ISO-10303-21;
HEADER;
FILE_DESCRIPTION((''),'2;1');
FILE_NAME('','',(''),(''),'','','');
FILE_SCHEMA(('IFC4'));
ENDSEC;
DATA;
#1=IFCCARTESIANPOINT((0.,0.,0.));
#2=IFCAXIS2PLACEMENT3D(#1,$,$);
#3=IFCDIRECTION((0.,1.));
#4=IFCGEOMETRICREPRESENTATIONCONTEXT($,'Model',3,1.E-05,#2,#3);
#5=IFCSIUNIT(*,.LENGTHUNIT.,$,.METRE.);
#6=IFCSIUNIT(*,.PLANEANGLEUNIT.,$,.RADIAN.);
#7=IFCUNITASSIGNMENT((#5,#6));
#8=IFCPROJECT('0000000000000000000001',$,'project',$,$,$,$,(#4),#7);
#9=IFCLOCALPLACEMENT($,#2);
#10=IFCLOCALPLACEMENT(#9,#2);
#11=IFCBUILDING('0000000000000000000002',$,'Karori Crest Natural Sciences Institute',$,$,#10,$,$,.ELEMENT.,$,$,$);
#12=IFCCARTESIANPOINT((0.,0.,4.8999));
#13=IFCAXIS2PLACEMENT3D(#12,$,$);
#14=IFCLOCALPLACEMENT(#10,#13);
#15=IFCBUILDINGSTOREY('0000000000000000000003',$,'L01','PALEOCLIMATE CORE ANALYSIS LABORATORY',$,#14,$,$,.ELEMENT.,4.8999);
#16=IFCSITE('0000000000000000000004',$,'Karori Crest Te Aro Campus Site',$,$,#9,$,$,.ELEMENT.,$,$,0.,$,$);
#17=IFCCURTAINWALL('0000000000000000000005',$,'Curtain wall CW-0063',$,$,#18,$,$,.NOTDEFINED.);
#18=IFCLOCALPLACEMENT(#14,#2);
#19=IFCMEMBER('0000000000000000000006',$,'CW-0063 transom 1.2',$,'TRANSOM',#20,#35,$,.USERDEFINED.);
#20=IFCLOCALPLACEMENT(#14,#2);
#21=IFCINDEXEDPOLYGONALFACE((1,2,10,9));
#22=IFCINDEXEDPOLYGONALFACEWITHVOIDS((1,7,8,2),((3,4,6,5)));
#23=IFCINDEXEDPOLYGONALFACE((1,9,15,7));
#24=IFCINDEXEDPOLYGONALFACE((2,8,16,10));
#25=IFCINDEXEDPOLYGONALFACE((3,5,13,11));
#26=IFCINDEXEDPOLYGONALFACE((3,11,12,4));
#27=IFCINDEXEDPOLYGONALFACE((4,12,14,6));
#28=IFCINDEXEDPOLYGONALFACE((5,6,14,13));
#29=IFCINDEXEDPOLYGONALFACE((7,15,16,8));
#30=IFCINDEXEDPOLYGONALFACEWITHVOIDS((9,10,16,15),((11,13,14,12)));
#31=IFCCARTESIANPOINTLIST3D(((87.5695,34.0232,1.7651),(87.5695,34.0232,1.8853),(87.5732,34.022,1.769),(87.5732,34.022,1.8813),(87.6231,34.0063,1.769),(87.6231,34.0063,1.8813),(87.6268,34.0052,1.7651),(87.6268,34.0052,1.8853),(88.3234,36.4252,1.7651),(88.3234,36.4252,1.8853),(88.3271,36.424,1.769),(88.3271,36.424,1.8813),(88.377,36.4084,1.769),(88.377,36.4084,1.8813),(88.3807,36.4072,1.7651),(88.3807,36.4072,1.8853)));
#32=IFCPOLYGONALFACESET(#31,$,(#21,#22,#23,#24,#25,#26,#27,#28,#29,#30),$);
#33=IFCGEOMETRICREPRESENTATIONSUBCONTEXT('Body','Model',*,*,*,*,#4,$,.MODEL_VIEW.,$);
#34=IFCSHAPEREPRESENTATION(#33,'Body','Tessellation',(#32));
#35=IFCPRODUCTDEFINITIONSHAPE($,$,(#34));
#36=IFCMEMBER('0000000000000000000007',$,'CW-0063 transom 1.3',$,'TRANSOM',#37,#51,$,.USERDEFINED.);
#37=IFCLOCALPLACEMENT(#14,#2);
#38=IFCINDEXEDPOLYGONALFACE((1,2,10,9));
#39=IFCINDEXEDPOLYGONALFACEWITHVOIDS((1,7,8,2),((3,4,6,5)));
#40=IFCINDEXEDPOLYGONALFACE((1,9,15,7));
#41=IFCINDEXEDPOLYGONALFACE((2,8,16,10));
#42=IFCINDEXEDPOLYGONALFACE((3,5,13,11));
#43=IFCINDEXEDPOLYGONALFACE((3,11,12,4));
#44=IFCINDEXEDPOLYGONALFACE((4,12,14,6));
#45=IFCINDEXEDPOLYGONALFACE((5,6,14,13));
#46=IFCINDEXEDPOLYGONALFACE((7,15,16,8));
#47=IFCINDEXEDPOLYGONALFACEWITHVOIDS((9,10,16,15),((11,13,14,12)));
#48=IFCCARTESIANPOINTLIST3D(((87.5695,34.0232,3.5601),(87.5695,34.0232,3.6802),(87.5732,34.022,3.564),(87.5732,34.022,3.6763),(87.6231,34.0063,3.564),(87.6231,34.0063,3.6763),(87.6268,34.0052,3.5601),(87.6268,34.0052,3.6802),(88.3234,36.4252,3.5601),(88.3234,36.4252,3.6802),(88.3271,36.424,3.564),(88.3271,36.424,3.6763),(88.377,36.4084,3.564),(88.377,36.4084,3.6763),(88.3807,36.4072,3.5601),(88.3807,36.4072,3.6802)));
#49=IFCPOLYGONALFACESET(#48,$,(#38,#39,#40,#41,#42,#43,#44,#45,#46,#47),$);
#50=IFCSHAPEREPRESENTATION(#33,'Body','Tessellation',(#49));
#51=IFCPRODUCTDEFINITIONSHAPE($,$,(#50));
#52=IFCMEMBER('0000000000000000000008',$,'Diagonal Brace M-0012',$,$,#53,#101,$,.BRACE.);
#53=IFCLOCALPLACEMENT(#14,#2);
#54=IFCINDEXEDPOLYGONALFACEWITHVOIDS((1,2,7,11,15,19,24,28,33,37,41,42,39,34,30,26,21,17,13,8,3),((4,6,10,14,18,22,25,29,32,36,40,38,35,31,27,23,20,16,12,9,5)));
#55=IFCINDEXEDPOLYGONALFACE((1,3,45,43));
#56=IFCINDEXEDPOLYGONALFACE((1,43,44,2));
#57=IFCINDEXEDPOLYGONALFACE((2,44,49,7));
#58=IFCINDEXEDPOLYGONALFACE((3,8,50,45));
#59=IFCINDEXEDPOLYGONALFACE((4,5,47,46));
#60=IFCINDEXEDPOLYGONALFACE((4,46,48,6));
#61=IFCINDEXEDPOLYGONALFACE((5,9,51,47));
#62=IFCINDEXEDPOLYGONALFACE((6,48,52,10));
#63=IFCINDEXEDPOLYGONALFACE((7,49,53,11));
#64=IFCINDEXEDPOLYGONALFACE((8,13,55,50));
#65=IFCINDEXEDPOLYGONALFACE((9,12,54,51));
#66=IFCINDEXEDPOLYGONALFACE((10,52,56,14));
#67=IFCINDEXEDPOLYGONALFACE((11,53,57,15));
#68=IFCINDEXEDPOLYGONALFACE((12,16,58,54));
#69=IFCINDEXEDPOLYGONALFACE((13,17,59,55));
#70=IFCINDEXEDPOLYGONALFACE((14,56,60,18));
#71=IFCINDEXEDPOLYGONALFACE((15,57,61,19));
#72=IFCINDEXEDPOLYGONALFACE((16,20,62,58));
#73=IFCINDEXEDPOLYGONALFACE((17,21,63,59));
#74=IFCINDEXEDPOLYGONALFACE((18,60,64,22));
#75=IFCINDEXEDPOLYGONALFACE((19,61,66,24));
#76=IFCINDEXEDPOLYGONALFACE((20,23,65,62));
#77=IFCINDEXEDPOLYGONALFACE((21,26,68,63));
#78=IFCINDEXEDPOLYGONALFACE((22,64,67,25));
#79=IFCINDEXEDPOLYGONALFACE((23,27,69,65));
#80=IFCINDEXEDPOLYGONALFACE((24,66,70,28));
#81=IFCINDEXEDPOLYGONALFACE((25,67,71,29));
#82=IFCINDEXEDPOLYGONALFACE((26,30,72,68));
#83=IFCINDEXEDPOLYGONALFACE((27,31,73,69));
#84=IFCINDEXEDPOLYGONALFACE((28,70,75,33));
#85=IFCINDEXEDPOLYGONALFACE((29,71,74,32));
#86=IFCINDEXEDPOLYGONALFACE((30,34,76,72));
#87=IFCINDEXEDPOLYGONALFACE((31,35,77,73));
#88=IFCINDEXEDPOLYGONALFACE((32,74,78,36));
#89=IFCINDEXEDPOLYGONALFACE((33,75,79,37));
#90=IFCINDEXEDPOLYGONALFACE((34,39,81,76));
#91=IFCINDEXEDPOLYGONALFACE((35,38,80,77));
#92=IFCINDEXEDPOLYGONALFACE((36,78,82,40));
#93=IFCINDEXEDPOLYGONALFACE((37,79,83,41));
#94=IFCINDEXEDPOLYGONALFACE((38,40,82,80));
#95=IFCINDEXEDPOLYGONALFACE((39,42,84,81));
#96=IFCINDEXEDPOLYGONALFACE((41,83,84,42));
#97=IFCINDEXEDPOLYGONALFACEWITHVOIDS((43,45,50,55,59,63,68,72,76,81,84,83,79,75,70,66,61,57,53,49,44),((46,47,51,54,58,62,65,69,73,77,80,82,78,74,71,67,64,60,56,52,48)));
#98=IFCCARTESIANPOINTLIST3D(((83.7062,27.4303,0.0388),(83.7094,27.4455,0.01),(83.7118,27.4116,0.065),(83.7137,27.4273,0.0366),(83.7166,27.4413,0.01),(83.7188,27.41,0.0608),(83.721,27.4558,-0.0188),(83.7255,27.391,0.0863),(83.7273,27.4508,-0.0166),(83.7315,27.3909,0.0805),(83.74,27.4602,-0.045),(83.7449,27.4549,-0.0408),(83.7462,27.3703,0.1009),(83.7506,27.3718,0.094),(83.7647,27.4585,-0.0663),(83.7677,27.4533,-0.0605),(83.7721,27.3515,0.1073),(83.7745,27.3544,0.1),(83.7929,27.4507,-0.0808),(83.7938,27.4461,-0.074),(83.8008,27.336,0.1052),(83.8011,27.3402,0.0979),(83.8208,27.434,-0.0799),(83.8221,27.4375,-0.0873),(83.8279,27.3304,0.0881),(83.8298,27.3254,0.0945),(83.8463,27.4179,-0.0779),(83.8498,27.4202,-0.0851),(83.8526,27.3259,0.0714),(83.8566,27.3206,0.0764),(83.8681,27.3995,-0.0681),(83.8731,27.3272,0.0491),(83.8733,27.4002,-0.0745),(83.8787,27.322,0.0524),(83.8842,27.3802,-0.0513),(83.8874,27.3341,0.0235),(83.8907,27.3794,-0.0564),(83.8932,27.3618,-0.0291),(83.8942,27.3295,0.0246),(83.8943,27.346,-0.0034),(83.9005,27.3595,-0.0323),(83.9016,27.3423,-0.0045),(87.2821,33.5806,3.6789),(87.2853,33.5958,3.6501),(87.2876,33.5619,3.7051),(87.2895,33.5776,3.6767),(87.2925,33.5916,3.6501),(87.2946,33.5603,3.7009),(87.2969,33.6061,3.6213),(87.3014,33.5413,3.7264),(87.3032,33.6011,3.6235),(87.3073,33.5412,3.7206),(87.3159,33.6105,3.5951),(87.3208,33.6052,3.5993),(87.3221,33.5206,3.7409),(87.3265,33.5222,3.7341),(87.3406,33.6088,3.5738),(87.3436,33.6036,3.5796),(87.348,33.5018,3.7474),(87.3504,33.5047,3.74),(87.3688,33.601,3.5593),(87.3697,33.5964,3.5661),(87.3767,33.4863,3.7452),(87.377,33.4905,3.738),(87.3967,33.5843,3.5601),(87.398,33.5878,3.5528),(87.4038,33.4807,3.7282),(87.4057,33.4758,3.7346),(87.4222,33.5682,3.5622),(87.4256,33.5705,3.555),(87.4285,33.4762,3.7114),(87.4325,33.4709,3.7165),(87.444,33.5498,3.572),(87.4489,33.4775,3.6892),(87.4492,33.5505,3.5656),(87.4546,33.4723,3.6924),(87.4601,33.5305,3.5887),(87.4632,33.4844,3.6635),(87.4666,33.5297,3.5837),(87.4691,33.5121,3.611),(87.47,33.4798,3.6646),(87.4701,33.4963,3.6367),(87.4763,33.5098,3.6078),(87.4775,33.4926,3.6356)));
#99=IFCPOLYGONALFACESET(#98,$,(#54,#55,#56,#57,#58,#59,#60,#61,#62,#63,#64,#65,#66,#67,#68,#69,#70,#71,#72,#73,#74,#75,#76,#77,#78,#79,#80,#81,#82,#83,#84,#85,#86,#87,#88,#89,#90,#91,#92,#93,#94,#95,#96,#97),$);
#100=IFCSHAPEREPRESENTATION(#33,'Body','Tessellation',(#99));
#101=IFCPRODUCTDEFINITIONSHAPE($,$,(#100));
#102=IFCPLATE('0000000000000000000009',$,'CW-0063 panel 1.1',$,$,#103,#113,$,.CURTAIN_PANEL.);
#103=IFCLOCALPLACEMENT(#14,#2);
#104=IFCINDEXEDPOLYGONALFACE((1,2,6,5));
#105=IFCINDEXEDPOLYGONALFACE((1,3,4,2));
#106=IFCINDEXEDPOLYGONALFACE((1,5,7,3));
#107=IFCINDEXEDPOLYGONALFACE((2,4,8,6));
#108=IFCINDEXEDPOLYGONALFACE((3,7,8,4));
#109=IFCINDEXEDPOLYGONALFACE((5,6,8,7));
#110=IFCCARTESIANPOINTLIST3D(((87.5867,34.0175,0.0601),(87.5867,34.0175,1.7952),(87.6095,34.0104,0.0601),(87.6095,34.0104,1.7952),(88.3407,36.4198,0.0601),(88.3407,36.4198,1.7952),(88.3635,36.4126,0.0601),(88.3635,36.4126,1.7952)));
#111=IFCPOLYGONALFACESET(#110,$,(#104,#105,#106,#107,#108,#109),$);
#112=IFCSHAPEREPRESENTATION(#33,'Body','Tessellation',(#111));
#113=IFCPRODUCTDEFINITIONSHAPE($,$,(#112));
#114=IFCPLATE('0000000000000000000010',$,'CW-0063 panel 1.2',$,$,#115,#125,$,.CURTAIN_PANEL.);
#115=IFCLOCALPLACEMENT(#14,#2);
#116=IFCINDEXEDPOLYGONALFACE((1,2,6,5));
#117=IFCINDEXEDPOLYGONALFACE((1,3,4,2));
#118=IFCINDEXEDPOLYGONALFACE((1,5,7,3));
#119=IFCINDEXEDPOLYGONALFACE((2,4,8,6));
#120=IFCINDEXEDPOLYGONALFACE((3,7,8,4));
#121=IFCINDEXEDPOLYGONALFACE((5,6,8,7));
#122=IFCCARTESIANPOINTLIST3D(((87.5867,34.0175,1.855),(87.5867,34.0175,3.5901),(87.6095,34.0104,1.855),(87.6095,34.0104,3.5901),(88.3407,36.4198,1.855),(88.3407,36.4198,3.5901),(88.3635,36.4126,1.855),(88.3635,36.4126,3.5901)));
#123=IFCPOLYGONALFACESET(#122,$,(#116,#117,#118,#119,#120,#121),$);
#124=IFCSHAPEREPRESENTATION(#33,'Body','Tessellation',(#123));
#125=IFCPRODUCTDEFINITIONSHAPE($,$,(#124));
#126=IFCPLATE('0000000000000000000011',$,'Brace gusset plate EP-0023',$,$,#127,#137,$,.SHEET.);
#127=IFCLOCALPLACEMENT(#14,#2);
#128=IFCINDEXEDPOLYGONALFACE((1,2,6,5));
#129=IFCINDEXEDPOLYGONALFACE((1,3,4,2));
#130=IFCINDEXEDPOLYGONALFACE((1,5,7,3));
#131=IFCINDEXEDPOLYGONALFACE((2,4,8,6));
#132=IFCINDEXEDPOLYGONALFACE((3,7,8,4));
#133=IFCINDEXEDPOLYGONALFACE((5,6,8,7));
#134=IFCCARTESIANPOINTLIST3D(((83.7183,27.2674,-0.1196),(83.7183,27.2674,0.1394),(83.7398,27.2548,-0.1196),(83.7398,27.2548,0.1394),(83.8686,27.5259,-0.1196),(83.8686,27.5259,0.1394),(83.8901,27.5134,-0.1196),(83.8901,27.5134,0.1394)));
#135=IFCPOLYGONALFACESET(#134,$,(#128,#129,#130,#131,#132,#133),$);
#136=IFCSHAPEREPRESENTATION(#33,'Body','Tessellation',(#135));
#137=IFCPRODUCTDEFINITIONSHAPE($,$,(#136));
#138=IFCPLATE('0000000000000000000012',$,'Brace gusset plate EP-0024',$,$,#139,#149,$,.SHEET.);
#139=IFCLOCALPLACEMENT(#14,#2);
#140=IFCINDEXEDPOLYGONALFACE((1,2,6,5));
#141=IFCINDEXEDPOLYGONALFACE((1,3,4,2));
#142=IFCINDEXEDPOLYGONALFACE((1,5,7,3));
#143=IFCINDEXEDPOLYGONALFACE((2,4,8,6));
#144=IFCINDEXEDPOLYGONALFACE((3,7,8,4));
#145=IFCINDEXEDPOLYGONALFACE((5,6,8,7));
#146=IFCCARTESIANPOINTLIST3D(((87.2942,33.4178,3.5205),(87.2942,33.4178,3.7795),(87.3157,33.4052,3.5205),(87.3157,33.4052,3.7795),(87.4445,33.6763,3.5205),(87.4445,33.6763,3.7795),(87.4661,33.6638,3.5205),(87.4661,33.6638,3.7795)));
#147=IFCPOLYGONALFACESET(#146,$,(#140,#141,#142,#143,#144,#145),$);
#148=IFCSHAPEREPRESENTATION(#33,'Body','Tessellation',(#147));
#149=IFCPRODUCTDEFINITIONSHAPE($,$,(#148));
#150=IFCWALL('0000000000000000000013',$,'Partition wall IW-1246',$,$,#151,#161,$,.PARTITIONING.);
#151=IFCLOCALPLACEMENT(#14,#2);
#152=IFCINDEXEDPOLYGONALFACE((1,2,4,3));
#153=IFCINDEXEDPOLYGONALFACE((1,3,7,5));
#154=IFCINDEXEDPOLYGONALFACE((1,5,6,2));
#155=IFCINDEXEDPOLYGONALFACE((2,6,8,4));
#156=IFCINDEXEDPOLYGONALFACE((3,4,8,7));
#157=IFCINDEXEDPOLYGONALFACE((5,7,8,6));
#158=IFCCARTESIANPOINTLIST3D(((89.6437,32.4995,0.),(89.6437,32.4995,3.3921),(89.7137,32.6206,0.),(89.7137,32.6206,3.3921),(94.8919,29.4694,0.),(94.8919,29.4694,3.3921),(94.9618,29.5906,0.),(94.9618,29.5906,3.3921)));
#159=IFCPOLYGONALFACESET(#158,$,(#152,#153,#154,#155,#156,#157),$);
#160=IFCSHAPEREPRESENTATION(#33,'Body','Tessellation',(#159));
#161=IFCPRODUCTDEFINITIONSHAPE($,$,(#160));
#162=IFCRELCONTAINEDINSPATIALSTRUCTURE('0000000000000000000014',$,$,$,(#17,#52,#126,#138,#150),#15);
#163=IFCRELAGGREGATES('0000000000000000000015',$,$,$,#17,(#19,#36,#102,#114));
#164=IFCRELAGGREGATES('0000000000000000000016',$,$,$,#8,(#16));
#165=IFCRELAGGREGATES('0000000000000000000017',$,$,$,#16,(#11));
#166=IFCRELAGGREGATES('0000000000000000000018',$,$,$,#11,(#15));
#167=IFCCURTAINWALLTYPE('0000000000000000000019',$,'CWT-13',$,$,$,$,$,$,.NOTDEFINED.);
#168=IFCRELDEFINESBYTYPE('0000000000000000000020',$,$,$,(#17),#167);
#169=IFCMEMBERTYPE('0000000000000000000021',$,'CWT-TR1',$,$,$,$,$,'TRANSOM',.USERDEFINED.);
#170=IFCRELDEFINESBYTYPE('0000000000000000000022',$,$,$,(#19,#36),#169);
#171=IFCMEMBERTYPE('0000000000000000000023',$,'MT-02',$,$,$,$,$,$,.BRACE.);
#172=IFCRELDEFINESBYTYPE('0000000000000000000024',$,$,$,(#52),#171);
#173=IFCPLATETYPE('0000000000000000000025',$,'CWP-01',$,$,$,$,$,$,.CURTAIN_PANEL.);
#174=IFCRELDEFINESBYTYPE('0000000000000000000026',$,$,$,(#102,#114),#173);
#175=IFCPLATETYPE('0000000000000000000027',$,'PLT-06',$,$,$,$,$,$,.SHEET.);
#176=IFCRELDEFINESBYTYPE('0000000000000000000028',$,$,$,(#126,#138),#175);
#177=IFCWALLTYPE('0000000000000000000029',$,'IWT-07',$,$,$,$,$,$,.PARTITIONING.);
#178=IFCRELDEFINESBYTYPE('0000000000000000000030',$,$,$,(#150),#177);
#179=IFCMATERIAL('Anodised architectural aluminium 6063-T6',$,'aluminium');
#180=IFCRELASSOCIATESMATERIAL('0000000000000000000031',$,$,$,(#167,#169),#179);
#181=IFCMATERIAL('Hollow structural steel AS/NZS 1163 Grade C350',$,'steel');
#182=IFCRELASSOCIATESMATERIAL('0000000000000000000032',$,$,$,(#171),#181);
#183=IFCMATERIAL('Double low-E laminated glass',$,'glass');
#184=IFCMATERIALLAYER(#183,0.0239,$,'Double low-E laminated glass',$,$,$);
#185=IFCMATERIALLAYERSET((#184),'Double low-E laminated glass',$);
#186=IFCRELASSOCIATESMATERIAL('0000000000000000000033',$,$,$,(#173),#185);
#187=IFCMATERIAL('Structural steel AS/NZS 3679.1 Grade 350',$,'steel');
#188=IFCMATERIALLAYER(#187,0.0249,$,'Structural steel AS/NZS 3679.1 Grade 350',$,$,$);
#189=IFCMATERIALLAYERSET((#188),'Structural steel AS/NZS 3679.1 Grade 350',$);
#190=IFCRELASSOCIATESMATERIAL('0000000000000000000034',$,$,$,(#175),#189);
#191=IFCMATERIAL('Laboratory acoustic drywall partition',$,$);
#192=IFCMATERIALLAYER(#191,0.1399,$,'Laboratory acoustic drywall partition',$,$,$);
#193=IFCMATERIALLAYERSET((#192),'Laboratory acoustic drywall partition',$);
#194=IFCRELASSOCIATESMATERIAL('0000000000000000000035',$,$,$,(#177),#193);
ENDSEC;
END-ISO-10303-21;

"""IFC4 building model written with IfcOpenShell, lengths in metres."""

from ifc_helpers import new_model, si_unit, direction, frame, frame_2d, origin, origin_2d, place, context, subcontext, project, spatial, rectangle, hollow_rectangle, hollow_circle, extrude, material, layer, layer_set, material_profile, profile_set, type_object, element, aggregate, save


model = new_model("IFC4")

# Units and contexts
model_context = context("Model", 3, precision=1e-05, world=origin(), true_north=direction((0.0, 1.0)))
body_context = subcontext(model_context, "Body", "Model", "MODEL_VIEW")
ifc_project = project(units=[si_unit("LENGTHUNIT", "METRE"), si_unit("PLANEANGLEUNIT", "RADIAN")], contexts=[model_context])

# Site, building, storey
site_placement = place(None, origin())
site = spatial("IfcSite", under=ifc_project, at=site_placement, Name="Karori Crest Te Aro Campus Site", CompositionType="ELEMENT", RefElevation=0.0)
building_placement = place(site_placement, origin())
building = spatial("IfcBuilding", under=site, at=building_placement, Name="Karori Crest Natural Sciences Institute", CompositionType="ELEMENT")
storey_placement = place(building_placement, frame((0.0, 0.0, 4.8999)))
storey = spatial("IfcBuildingStorey", under=building, at=storey_placement, Name="L01", Description="PALEOCLIMATE CORE ANALYSIS LABORATORY", CompositionType="ELEMENT", Elevation=4.8999)

# Shared definitions
ifc_material_1 = material(Name="Structural steel AS/NZS 3679.1 Grade 350", Category="steel")

# Shared definitions
ifc_material_2 = material(Name="Hollow structural steel AS/NZS 1163 Grade C350", Category="steel")

# Curtain wall, members
ifc_material_3 = material(Name="Anodised architectural aluminium 6063-T6", Category="aluminium")
curtain_wall_type = type_object("IfcCurtainWallType", Name="CWT-13", PredefinedType="NOTDEFINED", material=ifc_material_3)
curtain_wall_placement = place(storey_placement, origin())
curtain_wall = element("IfcCurtainWall", 1, at=curtain_wall_placement, inside=storey, type_object=curtain_wall_type, Name="Curtain wall CW-0063", PredefinedType="NOTDEFINED")
ifc_material_profile_1 = material_profile(ifc_material_3, hollow_rectangle(XDim=0.0601, YDim=0.1201, WallThickness=0.0039, at=origin_2d()), Name="CWT120x60x4")
ifc_profile_set_1 = profile_set([ifc_material_profile_1], Name="Anodised architectural aluminium 6063-T6")
member_type_1 = type_object("IfcMemberType", Name="CWT-TR1", ElementType="TRANSOM", PredefinedType="USERDEFINED", material=ifc_profile_set_1)
member_1_placement = place(storey_placement, frame((87.5981, 34.0142, 1.8252), z_axis=(0.299451, 0.954112, 0.0), x_axis=(-0.954112, 0.299451, 0.0)))
member_1 = element("IfcMember", 2, at=member_1_placement, type_object=member_type_1, Name="CW-0063 transom 1.2", ObjectType="TRANSOM", PredefinedType="USERDEFINED", context=body_context, shape_type="SweptSolid", body=[
    extrude(hollow_rectangle(XDim=0.0601, YDim=0.1201, WallThickness=0.0039, at=origin_2d()), origin(), (0.0, 0.0, 1.0), 2.5176),
])
member_2_placement = place(storey_placement, frame((87.5981, 34.0142, 3.6201), z_axis=(0.299451, 0.954112, 0.0), x_axis=(-0.954112, 0.299451, 0.0)))
member_2 = element("IfcMember", 3, at=member_2_placement, type_object=member_type_1, Name="CW-0063 transom 1.3", ObjectType="TRANSOM", PredefinedType="USERDEFINED", context=body_context, shape_type="SweptSolid", body=[
    extrude(hollow_rectangle(XDim=0.0601, YDim=0.1201, WallThickness=0.0039, at=origin_2d()), origin(), (0.0, 0.0, 1.0), 2.5176),
])

# Member
ifc_material_profile_2 = material_profile(ifc_material_2, hollow_circle(Radius=0.1096, WallThickness=0.0083, at=origin_2d()), Name="CHS219.1x8.2")
ifc_profile_set_2 = profile_set([ifc_material_profile_2], Name="Hollow structural steel AS/NZS 1163 Grade C350")
member_type_2 = type_object("IfcMemberType", Name="MT-02", PredefinedType="BRACE", material=ifc_profile_set_2)
member_3_placement = place(storey_placement, frame((83.8042, 27.3904, 0.01), z_axis=(0.447463, 0.76961, 0.455497), x_axis=(-0.8645, 0.502633, 0.0)))
element("IfcMember", 4, at=member_3_placement, inside=storey, type_object=member_type_2, Name="Diagonal Brace M-0012", PredefinedType="BRACE", context=body_context, shape_type="SweptSolid", body=[
    extrude(hollow_circle(Radius=0.1096, WallThickness=0.0083, at=origin_2d()), origin(), (0.0, 0.0, 1.0), 7.9915),
])

# Plates
ifc_material_4 = material(Name="Double low-E laminated glass", Category="glass")
ifc_layer_1 = layer(ifc_material_4, 0.0239, Name="Double low-E laminated glass")
ifc_layer_set_1 = layer_set([ifc_layer_1], Name="Double low-E laminated glass")
plate_type_1 = type_object("IfcPlateType", Name="CWP-01", PredefinedType="CURTAIN_PANEL", material=ifc_layer_set_1)
plate_1_placement = place(storey_placement, frame((87.9751, 35.2151, 0.0601), z_axis=(0.0, 0.0, 1.0), x_axis=(0.299477, 0.954104, 0.0)))
plate_1 = element("IfcPlate", 5, at=plate_1_placement, type_object=plate_type_1, Name="CW-0063 panel 1.1", PredefinedType="CURTAIN_PANEL", context=body_context, shape_type="SweptSolid", body=[
    extrude(rectangle(XDim=2.5178, YDim=0.0239, at=origin_2d()), origin(), (0.0, 0.0, 1.0), 1.7351),
])
plate_2_placement = place(storey_placement, frame((87.9751, 35.2151, 1.855), z_axis=(0.0, 0.0, 1.0), x_axis=(0.299477, 0.954104, 0.0)))
plate_2 = element("IfcPlate", 6, at=plate_2_placement, type_object=plate_type_1, Name="CW-0063 panel 1.2", PredefinedType="CURTAIN_PANEL", context=body_context, shape_type="SweptSolid", body=[
    extrude(rectangle(XDim=2.5178, YDim=0.0239, at=origin_2d()), origin(), (0.0, 0.0, 1.0), 1.7351),
])
aggregate(curtain_wall, [member_1, member_2, plate_1, plate_2])

# Plates
ifc_layer_2 = layer(ifc_material_1, 0.0249, Name="Structural steel AS/NZS 3679.1 Grade 350")
ifc_layer_set_2 = layer_set([ifc_layer_2], Name="Structural steel AS/NZS 3679.1 Grade 350")
plate_type_2 = type_object("IfcPlateType", Name="PLT-06", PredefinedType="SHEET", material=ifc_layer_set_2)
for number, where, z_axis, x_axis, name in (
    (7, (83.8042, 27.3904, -0.1196), (0.0, 0.0, 1.0), (0.502652, 0.864489, 0.0), "Brace gusset plate EP-0023"),
    (8, (87.3801, 33.5408, 3.5205), (0.0, 0.0, 1.0), (0.502652, 0.864489, 0.0), "Brace gusset plate EP-0024"),
):
    element("IfcPlate", number, at=place(storey_placement, frame(where, z_axis=z_axis, x_axis=x_axis)), inside=storey, type_object=plate_type_2, Name=name, PredefinedType="SHEET", context=body_context, shape_type="SweptSolid", body=[
        extrude(rectangle(XDim=0.2991, YDim=0.0249, at=origin_2d()), origin(), (0.0, 0.0, 1.0), 0.259),
    ])

# Wall
ifc_material_5 = material(Name="Laboratory acoustic drywall partition")
ifc_layer_3 = layer(ifc_material_5, 0.1399, Name="Laboratory acoustic drywall partition")
ifc_layer_set_3 = layer_set([ifc_layer_3], Name="Laboratory acoustic drywall partition")
wall_type_1 = type_object("IfcWallType", Name="IWT-07", PredefinedType="PARTITIONING", material=ifc_layer_set_3)
wall_1_placement = place(storey_placement, frame((89.6787, 32.5601, 0.0), z_axis=(0.0, 0.0, 1.0), x_axis=(0.866021, -0.500008, 0.0)))
element("IfcWall", 9, at=wall_1_placement, inside=storey, type_object=wall_type_1, Name="Partition wall IW-1246", PredefinedType="PARTITIONING", context=body_context, shape_type="SweptSolid", body=[
    extrude(rectangle(XDim=6.0601, YDim=0.1399, at=frame_2d((3.03, 0.0))), origin(), (0.0, 0.0, 1.0), 3.3921),
])

save(model, "model.ifc")
